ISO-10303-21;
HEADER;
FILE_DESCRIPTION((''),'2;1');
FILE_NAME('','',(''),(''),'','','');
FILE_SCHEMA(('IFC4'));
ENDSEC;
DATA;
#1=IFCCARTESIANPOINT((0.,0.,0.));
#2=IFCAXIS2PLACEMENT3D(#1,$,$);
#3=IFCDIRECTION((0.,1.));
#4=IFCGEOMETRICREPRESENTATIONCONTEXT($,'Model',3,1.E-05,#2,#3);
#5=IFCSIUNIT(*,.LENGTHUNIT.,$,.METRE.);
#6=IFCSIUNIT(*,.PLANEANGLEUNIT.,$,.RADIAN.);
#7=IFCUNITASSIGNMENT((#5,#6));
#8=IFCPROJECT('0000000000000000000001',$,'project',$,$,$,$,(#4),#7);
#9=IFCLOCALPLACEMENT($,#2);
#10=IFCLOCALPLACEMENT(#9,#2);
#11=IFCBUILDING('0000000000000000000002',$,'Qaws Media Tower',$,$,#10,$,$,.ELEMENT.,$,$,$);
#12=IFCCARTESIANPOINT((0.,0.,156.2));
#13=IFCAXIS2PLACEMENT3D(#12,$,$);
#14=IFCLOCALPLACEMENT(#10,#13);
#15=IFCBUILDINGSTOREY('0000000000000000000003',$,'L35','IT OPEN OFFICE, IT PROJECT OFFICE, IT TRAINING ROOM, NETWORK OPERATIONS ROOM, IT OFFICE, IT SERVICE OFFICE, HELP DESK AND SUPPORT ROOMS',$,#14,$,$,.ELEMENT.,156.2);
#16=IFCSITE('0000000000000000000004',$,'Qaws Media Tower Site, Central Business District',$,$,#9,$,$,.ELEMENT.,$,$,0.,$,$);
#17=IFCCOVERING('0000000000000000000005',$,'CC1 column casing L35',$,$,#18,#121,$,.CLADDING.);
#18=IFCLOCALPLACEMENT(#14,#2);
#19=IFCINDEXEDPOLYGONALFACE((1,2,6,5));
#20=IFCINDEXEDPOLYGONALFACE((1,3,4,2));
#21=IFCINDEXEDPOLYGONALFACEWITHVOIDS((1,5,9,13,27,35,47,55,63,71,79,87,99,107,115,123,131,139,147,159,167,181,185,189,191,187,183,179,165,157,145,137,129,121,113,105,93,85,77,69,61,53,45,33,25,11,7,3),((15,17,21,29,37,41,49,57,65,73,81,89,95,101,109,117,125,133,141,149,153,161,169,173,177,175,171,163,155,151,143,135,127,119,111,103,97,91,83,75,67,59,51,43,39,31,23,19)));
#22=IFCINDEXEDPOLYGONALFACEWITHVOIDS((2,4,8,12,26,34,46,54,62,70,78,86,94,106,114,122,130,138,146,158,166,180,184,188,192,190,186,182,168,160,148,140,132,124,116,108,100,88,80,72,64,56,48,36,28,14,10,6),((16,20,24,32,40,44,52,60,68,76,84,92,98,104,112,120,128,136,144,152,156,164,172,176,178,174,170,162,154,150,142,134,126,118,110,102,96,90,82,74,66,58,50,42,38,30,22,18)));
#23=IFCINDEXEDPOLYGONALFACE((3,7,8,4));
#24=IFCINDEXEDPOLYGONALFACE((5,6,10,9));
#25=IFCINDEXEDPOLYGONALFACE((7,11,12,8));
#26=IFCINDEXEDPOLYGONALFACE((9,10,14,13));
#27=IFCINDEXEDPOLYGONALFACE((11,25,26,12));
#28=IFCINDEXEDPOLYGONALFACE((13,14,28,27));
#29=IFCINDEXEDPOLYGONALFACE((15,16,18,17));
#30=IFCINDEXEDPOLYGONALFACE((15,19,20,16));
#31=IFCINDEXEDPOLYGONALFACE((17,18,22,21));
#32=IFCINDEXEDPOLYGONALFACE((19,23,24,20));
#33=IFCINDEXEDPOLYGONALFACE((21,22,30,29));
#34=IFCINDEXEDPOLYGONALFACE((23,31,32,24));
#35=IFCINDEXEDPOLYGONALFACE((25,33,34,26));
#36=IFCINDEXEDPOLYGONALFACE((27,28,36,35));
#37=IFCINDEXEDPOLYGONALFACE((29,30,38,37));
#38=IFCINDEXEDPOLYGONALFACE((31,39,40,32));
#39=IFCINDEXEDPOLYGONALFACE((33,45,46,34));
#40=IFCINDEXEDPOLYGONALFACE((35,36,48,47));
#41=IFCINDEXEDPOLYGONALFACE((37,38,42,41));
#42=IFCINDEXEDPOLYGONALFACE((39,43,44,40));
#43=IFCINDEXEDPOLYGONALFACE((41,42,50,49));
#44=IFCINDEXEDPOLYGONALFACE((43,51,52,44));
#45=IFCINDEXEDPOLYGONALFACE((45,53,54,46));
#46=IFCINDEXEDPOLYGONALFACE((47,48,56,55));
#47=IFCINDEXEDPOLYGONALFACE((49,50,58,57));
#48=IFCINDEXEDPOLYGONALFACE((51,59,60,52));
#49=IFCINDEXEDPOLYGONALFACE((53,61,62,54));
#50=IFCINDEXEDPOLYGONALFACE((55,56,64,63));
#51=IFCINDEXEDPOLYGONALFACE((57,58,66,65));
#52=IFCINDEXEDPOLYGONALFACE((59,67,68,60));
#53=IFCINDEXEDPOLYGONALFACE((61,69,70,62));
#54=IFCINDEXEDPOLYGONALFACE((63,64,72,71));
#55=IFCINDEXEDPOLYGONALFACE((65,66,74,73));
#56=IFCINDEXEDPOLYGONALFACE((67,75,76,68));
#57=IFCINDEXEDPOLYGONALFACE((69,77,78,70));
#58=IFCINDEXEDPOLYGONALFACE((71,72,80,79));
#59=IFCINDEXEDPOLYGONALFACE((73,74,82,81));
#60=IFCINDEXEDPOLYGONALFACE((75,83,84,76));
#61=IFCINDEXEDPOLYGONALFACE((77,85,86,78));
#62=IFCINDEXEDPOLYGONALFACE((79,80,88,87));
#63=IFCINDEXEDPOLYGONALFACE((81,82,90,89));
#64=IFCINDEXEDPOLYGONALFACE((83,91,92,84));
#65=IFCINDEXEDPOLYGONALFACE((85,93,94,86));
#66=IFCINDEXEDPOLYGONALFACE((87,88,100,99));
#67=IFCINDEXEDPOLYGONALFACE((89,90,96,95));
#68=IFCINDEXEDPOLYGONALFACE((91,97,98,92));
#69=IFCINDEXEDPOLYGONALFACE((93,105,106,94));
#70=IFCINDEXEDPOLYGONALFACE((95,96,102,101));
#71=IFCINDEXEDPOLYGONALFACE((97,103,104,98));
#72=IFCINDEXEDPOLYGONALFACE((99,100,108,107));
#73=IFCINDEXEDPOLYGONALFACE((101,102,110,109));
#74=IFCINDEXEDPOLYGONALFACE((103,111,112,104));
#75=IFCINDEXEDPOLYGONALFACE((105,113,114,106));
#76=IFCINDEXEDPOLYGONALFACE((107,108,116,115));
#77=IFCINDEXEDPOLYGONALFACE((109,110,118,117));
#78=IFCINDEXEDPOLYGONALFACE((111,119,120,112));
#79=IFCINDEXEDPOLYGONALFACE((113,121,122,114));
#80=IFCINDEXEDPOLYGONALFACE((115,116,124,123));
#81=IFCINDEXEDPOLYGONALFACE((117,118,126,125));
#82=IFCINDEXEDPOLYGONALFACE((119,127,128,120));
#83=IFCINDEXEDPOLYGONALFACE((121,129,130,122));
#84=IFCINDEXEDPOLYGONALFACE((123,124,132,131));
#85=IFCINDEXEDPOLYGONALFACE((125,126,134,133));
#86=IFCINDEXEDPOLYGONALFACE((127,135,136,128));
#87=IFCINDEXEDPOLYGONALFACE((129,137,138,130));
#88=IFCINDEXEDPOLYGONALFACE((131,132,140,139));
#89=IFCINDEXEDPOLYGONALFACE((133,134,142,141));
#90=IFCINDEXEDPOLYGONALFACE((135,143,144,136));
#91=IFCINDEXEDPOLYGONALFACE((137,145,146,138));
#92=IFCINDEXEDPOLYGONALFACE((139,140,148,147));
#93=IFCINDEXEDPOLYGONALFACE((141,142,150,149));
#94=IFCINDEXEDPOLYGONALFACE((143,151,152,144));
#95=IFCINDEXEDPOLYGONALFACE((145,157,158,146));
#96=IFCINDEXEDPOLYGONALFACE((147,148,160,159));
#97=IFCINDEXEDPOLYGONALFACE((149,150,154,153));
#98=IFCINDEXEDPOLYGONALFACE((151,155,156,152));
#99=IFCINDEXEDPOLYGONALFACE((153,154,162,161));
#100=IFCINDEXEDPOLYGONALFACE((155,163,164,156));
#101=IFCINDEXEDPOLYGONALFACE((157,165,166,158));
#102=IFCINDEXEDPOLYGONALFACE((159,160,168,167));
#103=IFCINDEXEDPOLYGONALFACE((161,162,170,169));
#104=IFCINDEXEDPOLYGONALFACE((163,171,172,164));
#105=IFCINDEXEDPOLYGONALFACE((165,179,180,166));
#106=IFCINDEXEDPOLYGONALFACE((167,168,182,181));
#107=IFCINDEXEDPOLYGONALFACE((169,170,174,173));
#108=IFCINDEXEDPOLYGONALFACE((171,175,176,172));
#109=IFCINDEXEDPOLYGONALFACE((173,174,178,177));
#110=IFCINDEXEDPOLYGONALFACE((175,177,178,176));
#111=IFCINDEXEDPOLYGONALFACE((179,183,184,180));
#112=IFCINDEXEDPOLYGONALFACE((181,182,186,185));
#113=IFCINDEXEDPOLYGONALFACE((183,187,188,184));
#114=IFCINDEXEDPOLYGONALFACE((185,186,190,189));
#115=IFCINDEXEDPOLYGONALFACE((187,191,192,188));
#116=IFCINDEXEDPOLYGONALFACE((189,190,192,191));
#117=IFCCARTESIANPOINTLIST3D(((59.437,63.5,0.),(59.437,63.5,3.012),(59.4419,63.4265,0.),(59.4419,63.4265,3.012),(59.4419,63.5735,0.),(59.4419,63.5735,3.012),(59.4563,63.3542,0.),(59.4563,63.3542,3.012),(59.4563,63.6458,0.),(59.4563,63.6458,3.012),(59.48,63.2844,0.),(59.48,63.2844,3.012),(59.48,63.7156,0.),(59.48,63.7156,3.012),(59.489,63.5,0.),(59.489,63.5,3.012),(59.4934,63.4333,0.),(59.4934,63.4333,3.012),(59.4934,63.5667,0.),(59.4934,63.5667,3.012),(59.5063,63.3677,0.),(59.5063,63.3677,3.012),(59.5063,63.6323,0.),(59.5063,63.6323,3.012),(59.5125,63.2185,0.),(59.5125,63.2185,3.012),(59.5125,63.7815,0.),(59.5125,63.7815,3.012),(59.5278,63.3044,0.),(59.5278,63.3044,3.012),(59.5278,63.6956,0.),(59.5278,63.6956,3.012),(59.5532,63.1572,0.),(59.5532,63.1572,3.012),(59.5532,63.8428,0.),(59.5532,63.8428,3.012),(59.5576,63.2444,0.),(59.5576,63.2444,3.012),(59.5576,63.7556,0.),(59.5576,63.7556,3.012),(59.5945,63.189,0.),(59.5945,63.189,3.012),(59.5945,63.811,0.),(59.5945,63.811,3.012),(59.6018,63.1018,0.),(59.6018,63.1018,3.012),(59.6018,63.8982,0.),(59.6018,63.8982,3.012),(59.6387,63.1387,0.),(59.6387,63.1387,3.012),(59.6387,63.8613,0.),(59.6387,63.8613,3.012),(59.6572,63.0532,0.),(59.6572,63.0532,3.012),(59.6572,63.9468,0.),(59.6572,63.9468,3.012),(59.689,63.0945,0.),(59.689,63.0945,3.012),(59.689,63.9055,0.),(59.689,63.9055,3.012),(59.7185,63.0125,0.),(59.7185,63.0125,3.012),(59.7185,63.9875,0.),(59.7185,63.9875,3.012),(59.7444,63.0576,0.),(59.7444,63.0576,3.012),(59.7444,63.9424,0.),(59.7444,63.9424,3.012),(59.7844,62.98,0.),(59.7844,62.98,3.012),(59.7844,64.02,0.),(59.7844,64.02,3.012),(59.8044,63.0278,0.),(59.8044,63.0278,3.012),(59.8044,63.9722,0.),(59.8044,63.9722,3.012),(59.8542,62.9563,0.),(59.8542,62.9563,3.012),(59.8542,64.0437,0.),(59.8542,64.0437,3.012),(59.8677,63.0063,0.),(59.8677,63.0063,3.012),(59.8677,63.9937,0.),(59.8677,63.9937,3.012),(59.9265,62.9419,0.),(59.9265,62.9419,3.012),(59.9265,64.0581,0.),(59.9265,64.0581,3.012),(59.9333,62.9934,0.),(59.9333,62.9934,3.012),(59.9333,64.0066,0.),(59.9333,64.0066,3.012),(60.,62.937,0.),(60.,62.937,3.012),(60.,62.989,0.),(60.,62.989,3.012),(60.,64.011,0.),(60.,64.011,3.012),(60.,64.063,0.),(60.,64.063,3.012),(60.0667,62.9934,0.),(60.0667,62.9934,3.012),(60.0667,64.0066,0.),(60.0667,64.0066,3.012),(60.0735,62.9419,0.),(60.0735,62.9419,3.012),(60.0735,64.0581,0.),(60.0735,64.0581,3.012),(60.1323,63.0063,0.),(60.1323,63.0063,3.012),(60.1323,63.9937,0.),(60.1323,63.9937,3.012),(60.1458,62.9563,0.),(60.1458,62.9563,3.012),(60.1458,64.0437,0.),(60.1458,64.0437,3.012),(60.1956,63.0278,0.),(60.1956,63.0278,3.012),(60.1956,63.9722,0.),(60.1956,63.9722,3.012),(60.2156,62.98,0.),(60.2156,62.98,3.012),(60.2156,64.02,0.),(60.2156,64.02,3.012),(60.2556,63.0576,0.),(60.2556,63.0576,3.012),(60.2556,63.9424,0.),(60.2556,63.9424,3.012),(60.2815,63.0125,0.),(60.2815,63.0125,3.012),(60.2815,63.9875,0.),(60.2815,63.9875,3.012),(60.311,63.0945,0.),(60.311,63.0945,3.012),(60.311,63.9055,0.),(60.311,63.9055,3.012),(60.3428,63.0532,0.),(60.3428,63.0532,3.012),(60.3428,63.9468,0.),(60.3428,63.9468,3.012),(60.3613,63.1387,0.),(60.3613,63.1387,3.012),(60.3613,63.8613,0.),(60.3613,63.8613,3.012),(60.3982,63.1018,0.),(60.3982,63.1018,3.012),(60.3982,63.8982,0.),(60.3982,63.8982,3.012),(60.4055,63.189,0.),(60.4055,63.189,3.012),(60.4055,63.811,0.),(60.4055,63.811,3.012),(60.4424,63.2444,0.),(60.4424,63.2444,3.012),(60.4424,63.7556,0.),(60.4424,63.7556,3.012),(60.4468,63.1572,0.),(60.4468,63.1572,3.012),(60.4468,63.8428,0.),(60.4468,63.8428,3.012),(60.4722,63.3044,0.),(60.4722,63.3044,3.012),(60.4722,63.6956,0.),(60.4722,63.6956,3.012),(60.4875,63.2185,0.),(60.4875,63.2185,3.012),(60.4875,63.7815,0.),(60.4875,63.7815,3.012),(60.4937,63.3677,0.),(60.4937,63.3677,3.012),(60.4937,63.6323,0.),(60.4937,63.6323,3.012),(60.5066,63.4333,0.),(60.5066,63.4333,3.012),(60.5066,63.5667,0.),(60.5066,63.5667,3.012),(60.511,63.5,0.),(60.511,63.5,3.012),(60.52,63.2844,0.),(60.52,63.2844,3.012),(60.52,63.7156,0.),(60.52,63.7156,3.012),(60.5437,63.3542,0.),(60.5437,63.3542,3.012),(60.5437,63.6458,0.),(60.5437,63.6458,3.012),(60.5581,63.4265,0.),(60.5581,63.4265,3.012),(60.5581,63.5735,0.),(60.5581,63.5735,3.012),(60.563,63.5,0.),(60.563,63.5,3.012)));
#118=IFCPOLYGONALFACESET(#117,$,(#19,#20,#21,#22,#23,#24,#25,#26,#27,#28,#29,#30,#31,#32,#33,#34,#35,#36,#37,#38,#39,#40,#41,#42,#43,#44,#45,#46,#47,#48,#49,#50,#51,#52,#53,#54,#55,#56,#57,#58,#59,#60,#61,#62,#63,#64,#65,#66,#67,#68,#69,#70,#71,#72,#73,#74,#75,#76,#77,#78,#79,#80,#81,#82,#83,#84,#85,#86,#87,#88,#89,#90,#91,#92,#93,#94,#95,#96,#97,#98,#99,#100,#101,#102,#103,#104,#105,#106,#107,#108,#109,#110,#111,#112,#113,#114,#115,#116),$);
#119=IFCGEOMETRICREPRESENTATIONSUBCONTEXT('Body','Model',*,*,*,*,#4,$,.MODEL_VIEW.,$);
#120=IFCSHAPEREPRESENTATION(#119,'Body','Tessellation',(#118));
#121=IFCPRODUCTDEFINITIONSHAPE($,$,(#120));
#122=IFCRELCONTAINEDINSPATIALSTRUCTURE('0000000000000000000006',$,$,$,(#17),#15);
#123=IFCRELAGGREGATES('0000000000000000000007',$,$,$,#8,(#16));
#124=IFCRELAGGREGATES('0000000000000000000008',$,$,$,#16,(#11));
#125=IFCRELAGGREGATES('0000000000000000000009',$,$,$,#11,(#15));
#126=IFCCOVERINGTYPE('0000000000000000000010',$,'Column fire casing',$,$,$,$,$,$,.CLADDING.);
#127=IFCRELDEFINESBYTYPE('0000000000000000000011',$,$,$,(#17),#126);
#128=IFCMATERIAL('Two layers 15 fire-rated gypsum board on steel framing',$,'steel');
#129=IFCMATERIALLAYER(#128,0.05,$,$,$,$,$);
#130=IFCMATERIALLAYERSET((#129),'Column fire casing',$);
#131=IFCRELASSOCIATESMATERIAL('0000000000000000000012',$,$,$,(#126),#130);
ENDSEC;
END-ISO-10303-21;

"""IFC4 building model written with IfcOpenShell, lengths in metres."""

from ifc_helpers import new_model, si_unit, direction, frame, origin, place, context, subcontext, project, spatial, polyline, outline, extrude, material, layer, layer_set, type_object, element, save


model = new_model("IFC4")

# Units and contexts
model_context = context("Model", 3, precision=1e-05, world=origin(), true_north=direction((0.0, 1.0)))
body_context = subcontext(model_context, "Body", "Model", "MODEL_VIEW")
ifc_project = project(units=[si_unit("LENGTHUNIT", "METRE"), si_unit("PLANEANGLEUNIT", "RADIAN")], contexts=[model_context])

# Site, building, storey
site_placement = place(None, origin())
site = spatial("IfcSite", under=ifc_project, at=site_placement, Name="Qaws Media Tower Site, Central Business District", CompositionType="ELEMENT", RefElevation=0.0)
building_placement = place(site_placement, origin())
building = spatial("IfcBuilding", under=site, at=building_placement, Name="Qaws Media Tower", CompositionType="ELEMENT")
storey_placement = place(building_placement, frame((0.0, 0.0, 156.2)))
storey = spatial("IfcBuildingStorey", under=building, at=storey_placement, Name="L35", Description="IT OPEN OFFICE, IT PROJECT OFFICE, IT TRAINING ROOM, NETWORK OPERATIONS ROOM, IT OFFICE, IT SERVICE OFFICE, HELP DESK AND SUPPORT ROOMS", CompositionType="ELEMENT", Elevation=156.2)

# Covering
ifc_material_1 = material(Name="Two layers 15 fire-rated gypsum board on steel framing", Category="steel")
ifc_layer_1 = layer(ifc_material_1, 0.05)
ifc_layer_set_1 = layer_set([ifc_layer_1], Name="Column fire casing")
covering_type = type_object("IfcCoveringType", Name="Column fire casing", PredefinedType="CLADDING", material=ifc_layer_set_1)
covering_placement = place(storey_placement, origin())
element("IfcCovering", 1, at=covering_placement, inside=storey, type_object=covering_type, Name="CC1 column casing L35", PredefinedType="CLADDING", context=body_context, shape_type="SweptSolid", body=[
    extrude(outline(polyline([(60.563, 63.5), (60.5581, 63.4265), (60.5437, 63.3542), (60.52, 63.2844), (60.4875, 63.2185), (60.4468, 63.1572), (60.3982, 63.1018), (60.3428, 63.0532), (60.2815, 63.0125), (60.2156, 62.98), (60.1458, 62.9563), (60.0735, 62.9419), (60.0, 62.937), (59.9265, 62.9419), (59.8542, 62.9563), (59.7844, 62.98), (59.7185, 63.0125), (59.6572, 63.0532), (59.6018, 63.1018), (59.5532, 63.1572), (59.5125, 63.2185), (59.48, 63.2844), (59.4563, 63.3542), (59.4419, 63.4265), (59.437, 63.5), (59.4419, 63.5735), (59.4563, 63.6458), (59.48, 63.7156), (59.5125, 63.7815), (59.5532, 63.8428), (59.6018, 63.8982), (59.6572, 63.9468), (59.7185, 63.9875), (59.7844, 64.02), (59.8542, 64.0437), (59.9265, 64.0581), (60.0, 64.063), (60.0735, 64.0581), (60.1458, 64.0437), (60.2156, 64.02), (60.2815, 63.9875), (60.3428, 63.9468), (60.3982, 63.8982), (60.4468, 63.8428), (60.4875, 63.7815), (60.52, 63.7156), (60.5437, 63.6458), (60.5581, 63.5735), (60.563, 63.5)]), holes=[polyline([(60.511, 63.5), (60.5066, 63.4333), (60.4937, 63.3677), (60.4722, 63.3044), (60.4424, 63.2444), (60.4055, 63.189), (60.3613, 63.1387), (60.311, 63.0945), (60.2556, 63.0576), (60.1956, 63.0278), (60.1323, 63.0063), (60.0667, 62.9934), (60.0, 62.989), (59.9333, 62.9934), (59.8677, 63.0063), (59.8044, 63.0278), (59.7444, 63.0576), (59.689, 63.0945), (59.6387, 63.1387), (59.5945, 63.189), (59.5576, 63.2444), (59.5278, 63.3044), (59.5063, 63.3677), (59.4934, 63.4333), (59.489, 63.5), (59.4934, 63.5667), (59.5063, 63.6323), (59.5278, 63.6956), (59.5576, 63.7556), (59.5945, 63.811), (59.6387, 63.8613), (59.689, 63.9055), (59.7444, 63.9424), (59.8044, 63.9722), (59.8677, 63.9937), (59.9333, 64.0066), (60.0, 64.011), (60.0667, 64.0066), (60.1323, 63.9937), (60.1956, 63.9722), (60.2556, 63.9424), (60.311, 63.9055), (60.3613, 63.8613), (60.4055, 63.811), (60.4424, 63.7556), (60.4722, 63.6956), (60.4937, 63.6323), (60.5066, 63.5667), (60.511, 63.5)])]), origin(), (0.0, 0.0, 1.0), 3.012),
])

save(model, "model.ifc")
